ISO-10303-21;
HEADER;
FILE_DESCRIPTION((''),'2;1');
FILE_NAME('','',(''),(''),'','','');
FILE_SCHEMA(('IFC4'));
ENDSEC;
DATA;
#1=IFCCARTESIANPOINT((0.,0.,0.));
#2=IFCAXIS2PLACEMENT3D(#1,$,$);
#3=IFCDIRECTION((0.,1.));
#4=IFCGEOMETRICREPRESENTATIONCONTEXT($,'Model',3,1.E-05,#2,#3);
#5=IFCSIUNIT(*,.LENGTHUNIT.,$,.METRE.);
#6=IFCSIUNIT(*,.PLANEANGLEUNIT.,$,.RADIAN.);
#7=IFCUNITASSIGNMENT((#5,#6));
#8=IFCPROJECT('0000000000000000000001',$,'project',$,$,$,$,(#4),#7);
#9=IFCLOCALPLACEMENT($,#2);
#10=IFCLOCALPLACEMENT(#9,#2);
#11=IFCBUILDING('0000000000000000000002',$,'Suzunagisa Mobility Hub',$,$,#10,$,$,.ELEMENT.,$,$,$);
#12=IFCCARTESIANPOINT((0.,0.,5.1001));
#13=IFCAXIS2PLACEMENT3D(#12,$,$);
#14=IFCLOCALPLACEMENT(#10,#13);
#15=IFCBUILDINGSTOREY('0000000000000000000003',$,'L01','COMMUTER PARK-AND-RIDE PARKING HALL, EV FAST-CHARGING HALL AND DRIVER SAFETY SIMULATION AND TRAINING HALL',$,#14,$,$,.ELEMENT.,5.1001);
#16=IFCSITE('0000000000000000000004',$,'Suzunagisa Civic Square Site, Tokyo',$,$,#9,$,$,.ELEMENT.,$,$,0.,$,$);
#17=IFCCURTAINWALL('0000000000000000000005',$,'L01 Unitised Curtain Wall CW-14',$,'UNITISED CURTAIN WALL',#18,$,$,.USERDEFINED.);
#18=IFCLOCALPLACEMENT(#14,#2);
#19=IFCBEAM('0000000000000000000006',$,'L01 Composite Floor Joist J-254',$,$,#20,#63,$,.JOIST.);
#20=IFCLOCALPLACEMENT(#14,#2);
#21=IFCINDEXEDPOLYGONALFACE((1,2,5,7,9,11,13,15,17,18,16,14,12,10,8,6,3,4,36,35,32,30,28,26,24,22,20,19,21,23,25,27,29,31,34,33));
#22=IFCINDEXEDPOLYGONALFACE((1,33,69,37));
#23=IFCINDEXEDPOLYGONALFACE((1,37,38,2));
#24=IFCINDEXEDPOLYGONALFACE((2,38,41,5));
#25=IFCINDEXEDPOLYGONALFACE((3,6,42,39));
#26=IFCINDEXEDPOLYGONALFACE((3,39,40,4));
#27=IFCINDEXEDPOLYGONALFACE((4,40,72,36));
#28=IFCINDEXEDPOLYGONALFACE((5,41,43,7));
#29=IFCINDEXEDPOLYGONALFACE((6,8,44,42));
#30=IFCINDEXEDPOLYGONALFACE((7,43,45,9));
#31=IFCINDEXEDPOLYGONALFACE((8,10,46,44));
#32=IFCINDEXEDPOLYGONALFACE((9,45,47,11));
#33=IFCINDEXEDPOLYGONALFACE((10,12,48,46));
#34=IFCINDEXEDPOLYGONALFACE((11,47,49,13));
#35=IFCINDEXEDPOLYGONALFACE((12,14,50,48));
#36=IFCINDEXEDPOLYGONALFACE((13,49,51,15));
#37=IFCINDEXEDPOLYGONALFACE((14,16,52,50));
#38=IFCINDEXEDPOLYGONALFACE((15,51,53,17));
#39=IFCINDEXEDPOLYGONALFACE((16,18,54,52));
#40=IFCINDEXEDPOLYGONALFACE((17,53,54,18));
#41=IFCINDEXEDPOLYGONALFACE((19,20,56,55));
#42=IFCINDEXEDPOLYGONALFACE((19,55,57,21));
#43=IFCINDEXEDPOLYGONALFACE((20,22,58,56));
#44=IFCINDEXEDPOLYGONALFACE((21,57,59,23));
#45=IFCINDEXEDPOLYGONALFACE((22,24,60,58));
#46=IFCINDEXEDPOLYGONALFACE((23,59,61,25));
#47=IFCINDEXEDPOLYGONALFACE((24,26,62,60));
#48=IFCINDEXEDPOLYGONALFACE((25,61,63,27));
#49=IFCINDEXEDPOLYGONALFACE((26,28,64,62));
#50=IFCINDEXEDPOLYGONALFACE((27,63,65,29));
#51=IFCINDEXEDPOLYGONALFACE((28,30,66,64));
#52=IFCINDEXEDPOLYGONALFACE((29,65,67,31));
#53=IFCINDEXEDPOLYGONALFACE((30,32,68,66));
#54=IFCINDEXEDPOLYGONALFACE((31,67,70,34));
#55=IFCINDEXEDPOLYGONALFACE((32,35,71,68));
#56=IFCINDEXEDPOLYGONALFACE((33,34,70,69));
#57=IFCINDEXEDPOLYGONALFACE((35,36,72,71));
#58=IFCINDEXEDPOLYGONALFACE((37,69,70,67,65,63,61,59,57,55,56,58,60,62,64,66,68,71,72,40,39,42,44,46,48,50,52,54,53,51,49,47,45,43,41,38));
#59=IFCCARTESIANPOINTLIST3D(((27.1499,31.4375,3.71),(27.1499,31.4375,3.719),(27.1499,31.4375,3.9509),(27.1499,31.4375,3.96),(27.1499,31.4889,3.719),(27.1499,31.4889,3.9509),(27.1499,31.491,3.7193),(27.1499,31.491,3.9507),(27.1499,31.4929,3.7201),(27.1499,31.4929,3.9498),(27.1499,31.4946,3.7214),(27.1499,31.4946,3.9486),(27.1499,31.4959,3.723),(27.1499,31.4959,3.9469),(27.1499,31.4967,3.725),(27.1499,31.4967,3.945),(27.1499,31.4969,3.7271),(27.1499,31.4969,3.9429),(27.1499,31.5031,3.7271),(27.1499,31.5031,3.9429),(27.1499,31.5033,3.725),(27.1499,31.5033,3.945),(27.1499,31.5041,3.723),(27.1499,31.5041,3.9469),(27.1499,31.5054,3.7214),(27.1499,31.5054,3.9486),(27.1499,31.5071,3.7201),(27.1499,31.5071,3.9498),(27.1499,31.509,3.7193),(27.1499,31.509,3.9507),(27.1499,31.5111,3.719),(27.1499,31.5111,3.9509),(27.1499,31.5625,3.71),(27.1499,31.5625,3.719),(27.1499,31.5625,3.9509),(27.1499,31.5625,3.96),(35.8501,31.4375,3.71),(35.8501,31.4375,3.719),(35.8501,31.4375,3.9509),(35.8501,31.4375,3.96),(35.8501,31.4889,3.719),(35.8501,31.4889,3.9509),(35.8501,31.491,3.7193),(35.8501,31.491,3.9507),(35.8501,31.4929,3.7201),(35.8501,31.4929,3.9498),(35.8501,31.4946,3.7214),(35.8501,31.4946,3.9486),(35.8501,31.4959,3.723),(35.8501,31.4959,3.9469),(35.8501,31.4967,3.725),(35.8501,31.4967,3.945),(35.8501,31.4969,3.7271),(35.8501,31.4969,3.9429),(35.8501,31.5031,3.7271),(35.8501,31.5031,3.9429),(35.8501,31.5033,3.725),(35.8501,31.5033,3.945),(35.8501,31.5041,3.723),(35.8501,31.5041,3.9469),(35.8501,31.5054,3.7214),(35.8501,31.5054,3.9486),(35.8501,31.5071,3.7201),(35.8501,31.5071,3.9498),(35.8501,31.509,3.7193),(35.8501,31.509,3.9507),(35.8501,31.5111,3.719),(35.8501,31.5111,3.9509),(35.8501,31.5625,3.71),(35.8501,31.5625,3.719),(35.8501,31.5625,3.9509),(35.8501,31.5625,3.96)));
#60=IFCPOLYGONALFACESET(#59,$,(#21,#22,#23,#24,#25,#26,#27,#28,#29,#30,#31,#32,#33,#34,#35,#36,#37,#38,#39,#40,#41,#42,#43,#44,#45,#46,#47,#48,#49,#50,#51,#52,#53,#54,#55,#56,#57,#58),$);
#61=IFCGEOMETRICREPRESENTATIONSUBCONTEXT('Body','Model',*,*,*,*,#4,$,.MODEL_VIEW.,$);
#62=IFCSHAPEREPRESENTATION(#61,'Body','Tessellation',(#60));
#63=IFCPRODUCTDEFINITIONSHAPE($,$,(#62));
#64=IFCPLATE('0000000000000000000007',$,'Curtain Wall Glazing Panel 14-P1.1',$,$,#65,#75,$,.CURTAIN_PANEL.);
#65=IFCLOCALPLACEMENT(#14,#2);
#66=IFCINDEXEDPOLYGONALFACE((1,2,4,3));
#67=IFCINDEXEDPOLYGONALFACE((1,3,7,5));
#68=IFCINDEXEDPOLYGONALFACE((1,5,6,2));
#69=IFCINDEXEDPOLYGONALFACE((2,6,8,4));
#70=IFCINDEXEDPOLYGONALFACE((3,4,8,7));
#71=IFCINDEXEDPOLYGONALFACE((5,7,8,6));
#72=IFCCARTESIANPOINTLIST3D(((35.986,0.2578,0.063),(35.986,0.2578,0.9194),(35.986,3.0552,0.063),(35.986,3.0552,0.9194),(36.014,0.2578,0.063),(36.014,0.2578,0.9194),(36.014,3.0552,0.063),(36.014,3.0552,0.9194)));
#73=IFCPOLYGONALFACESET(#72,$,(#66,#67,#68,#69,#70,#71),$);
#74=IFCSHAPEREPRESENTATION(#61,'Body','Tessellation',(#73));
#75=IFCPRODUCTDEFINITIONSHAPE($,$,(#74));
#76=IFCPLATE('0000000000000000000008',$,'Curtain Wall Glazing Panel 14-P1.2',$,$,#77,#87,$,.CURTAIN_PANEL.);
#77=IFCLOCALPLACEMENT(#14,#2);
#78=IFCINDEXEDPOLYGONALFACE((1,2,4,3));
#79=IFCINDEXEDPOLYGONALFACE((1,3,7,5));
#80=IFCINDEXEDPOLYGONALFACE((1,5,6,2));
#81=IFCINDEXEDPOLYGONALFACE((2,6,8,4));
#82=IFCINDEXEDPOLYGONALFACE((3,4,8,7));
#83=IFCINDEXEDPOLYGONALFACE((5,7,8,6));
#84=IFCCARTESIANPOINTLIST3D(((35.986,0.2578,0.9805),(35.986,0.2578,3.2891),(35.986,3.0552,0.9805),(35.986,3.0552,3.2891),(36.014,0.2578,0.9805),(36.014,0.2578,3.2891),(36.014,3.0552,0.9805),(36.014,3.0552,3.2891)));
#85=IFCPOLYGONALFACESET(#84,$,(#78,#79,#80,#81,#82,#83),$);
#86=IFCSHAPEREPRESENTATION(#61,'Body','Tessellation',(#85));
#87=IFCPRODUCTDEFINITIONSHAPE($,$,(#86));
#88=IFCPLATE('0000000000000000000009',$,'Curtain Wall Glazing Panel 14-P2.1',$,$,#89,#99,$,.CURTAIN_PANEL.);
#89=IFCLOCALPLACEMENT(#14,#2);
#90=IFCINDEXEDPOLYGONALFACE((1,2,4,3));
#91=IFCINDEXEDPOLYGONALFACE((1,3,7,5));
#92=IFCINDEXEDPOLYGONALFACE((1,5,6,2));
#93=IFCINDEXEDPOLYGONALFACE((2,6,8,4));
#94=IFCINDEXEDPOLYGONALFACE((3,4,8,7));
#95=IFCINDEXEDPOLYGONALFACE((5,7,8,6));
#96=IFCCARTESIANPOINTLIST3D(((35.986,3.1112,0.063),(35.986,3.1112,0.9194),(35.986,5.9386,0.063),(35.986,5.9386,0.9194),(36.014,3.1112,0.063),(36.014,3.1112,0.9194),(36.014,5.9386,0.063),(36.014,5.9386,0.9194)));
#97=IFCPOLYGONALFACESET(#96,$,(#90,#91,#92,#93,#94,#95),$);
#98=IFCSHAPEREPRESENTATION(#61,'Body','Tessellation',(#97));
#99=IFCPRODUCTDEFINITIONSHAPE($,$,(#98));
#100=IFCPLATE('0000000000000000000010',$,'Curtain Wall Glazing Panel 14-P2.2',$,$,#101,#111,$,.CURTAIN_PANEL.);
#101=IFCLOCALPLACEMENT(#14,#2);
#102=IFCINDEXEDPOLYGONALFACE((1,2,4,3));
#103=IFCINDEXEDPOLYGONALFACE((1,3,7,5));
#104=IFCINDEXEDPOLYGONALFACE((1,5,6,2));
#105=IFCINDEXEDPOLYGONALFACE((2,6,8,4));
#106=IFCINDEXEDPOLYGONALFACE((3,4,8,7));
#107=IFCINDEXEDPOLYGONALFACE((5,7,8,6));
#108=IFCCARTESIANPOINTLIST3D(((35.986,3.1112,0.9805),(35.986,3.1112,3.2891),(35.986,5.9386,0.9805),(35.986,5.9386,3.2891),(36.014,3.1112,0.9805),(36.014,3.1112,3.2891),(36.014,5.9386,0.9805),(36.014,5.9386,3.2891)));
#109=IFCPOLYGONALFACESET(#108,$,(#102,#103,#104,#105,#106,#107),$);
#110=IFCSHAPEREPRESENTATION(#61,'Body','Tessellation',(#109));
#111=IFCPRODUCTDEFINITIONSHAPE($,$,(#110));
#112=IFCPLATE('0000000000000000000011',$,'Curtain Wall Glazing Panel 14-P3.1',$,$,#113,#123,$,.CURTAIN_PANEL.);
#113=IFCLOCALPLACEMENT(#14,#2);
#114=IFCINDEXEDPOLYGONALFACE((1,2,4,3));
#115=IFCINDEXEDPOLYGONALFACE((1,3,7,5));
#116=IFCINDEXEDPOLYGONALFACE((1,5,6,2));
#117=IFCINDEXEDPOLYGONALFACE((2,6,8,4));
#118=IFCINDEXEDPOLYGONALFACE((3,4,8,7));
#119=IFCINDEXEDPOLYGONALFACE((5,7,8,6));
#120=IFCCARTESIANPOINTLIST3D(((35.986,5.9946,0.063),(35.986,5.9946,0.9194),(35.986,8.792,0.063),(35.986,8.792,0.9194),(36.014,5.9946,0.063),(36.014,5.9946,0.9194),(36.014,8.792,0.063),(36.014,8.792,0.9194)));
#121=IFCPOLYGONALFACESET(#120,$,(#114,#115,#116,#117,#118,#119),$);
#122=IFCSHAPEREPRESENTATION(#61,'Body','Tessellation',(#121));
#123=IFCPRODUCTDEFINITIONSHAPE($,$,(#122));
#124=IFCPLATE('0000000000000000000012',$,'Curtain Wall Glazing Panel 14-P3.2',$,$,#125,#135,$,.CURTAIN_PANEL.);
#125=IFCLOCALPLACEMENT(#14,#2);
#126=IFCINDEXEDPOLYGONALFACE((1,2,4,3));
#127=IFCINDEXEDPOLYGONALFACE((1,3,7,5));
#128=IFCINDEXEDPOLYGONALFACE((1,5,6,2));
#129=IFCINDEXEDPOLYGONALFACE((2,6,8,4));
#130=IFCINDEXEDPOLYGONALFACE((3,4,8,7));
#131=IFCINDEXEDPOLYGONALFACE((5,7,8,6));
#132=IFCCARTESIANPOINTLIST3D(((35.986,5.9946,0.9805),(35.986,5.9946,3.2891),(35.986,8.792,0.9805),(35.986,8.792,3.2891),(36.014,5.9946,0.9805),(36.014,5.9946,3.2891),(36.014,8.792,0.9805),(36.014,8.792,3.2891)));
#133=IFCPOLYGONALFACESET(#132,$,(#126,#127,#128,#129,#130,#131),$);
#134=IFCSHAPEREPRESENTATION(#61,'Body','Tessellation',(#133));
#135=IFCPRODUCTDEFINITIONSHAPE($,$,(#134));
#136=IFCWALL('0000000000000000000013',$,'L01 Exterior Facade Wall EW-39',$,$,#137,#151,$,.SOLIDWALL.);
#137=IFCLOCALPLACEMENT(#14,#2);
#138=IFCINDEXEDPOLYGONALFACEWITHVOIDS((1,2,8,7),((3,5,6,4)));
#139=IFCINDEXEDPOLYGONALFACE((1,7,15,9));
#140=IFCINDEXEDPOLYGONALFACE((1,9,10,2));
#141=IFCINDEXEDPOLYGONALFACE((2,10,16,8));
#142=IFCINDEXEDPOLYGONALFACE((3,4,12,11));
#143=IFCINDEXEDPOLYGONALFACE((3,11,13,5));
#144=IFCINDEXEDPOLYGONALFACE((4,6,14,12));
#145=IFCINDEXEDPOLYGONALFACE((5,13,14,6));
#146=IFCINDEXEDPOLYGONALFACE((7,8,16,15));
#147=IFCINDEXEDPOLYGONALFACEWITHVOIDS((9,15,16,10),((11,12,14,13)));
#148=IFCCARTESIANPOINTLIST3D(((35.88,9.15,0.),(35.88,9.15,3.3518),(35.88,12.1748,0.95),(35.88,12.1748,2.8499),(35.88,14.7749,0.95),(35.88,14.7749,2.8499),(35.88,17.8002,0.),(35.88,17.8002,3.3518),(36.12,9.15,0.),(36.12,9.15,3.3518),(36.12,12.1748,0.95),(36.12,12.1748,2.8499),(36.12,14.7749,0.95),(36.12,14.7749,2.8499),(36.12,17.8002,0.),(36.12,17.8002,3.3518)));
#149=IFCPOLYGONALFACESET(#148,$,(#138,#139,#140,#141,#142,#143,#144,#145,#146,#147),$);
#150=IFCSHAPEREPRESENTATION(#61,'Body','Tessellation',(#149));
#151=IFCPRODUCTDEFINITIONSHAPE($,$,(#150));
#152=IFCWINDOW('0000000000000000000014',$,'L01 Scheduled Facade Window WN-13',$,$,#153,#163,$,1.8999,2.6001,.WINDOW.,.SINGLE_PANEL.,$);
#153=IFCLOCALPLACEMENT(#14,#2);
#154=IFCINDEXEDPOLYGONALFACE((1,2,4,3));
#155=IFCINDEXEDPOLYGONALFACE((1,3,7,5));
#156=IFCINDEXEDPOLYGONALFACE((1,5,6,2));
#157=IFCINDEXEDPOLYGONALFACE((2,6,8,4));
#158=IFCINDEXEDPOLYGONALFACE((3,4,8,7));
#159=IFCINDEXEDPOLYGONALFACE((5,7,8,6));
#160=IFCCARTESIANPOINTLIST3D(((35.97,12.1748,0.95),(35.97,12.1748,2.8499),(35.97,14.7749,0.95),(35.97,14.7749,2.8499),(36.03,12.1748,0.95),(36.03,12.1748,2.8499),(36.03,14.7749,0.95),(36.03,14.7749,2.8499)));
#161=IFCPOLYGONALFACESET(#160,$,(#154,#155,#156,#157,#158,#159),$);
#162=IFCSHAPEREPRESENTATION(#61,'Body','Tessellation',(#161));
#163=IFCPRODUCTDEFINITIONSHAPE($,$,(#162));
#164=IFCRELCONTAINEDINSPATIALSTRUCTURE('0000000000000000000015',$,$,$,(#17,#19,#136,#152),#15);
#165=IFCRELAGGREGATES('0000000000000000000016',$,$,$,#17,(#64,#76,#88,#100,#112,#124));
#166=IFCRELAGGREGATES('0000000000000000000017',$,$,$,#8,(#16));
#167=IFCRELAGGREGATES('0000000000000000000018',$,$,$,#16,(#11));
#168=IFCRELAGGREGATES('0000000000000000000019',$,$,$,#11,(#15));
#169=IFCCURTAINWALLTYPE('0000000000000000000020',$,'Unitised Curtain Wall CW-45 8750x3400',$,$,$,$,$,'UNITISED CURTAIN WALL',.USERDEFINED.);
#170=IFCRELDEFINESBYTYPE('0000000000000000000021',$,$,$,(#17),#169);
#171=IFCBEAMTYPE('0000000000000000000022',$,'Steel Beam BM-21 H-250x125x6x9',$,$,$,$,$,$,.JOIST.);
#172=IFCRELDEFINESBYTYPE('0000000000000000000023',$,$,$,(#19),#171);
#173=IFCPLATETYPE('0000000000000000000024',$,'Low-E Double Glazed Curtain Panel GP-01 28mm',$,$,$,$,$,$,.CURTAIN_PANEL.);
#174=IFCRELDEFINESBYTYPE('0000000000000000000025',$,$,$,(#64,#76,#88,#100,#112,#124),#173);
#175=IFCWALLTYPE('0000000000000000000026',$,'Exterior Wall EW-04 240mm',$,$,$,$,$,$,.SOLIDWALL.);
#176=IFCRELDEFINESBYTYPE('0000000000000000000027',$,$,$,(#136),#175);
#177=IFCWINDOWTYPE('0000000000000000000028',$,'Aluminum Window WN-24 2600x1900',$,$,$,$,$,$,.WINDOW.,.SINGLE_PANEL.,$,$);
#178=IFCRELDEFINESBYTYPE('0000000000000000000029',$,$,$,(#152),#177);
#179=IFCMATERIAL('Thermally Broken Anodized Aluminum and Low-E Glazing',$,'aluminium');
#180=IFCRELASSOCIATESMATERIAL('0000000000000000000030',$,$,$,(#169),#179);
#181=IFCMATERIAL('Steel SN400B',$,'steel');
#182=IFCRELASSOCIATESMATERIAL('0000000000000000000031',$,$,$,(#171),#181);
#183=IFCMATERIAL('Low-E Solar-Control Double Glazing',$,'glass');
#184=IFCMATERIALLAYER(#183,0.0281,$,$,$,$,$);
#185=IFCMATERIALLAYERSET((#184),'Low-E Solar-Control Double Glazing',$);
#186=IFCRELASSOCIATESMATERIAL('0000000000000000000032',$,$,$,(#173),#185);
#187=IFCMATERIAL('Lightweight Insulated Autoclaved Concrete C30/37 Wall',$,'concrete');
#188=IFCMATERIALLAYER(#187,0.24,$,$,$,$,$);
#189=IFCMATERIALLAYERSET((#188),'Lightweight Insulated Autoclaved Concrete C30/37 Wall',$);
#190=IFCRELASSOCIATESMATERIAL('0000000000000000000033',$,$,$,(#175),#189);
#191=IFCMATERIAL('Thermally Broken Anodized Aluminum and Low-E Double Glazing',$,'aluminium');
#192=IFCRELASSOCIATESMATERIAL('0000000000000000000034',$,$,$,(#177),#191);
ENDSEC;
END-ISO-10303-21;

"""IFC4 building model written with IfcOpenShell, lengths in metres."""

from ifc_helpers import new_model, si_unit, direction, frame, frame_2d, origin, origin_2d, place, context, subcontext, project, spatial, rectangle, i_section, extrude, material, layer, layer_set, material_profile, profile_set, type_object, element, fill, aggregate, save


model = new_model("IFC4")

# Units and contexts
model_context = context("Model", 3, precision=1e-05, world=origin(), true_north=direction((0.0, 1.0)))
body_context = subcontext(model_context, "Body", "Model", "MODEL_VIEW")
ifc_project = project(units=[si_unit("LENGTHUNIT", "METRE"), si_unit("PLANEANGLEUNIT", "RADIAN")], contexts=[model_context])

# Site, building, storey
site_placement = place(None, origin())
site = spatial("IfcSite", under=ifc_project, at=site_placement, Name="Suzunagisa Civic Square Site, Tokyo", CompositionType="ELEMENT", RefElevation=0.0)
building_placement = place(site_placement, origin())
building = spatial("IfcBuilding", under=site, at=building_placement, Name="Suzunagisa Mobility Hub", CompositionType="ELEMENT")
storey_placement = place(building_placement, frame((0.0, 0.0, 5.1001)))
storey = spatial("IfcBuildingStorey", under=building, at=storey_placement, Name="L01", Description="COMMUTER PARK-AND-RIDE PARKING HALL, EV FAST-CHARGING HALL AND DRIVER SAFETY SIMULATION AND TRAINING HALL", CompositionType="ELEMENT", Elevation=5.1001)

# Curtain wall
ifc_material_1 = material(Name="Thermally Broken Anodized Aluminum and Low-E Glazing", Category="aluminium")
curtain_wall_type = type_object("IfcCurtainWallType", Name="Unitised Curtain Wall CW-45 8750x3400", ElementType="UNITISED CURTAIN WALL", PredefinedType="USERDEFINED", material=ifc_material_1)
curtain_wall_1_placement = place(storey_placement, origin())
curtain_wall_1 = element("IfcCurtainWall", 1, at=curtain_wall_1_placement, inside=storey, type_object=curtain_wall_type, Name="L01 Unitised Curtain Wall CW-14", ObjectType="UNITISED CURTAIN WALL", PredefinedType="USERDEFINED")

# Beam
ifc_material_2 = material(Name="Steel SN400B", Category="steel")
ifc_material_profile_1 = material_profile(ifc_material_2, i_section(OverallWidth=0.125, OverallDepth=0.25, WebThickness=0.0061, FlangeThickness=0.009, FilletRadius=0.0081, at=origin_2d()), Name="H-250x125x6x9")
ifc_profile_set_1 = profile_set([ifc_material_profile_1], Name="Steel SN400B")
beam_type_1 = type_object("IfcBeamType", Name="Steel Beam BM-21 H-250x125x6x9", PredefinedType="JOIST", material=ifc_profile_set_1)
beam_1_placement = place(storey_placement, frame((27.1499, 31.5, 3.835), z_axis=(1.0, 0.0, 0.0), x_axis=(0.0, 1.0, 0.0)))
element("IfcBeam", 2, at=beam_1_placement, inside=storey, type_object=beam_type_1, Name="L01 Composite Floor Joist J-254", PredefinedType="JOIST", context=body_context, shape_type="SweptSolid", body=[
    extrude(i_section(OverallWidth=0.125, OverallDepth=0.25, WebThickness=0.0061, FlangeThickness=0.009, FilletRadius=0.0081, at=origin_2d()), origin(), (0.0, 0.0, 1.0), 8.7002),
])

# Plates
ifc_material_3 = material(Name="Low-E Solar-Control Double Glazing", Category="glass")
ifc_layer_1 = layer(ifc_material_3, 0.0281)
ifc_layer_set_1 = layer_set([ifc_layer_1], Name="Low-E Solar-Control Double Glazing")
plate_type = type_object("IfcPlateType", Name="Low-E Double Glazed Curtain Panel GP-01 28mm", PredefinedType="CURTAIN_PANEL", material=ifc_layer_set_1)
plate_1_placement = place(storey_placement, frame((36.0, 1.6565, 0.063), z_axis=(0.0, 0.0, 1.0), x_axis=(0.0, 1.0, 0.0)))
plate_1 = element("IfcPlate", 3, at=plate_1_placement, type_object=plate_type, Name="Curtain Wall Glazing Panel 14-P1.1", PredefinedType="CURTAIN_PANEL", context=body_context, shape_type="SweptSolid", body=[
    extrude(rectangle(XDim=2.7974, YDim=0.0281, at=origin_2d()), origin(), (0.0, 0.0, 1.0), 0.8564),
])
plate_2_placement = place(storey_placement, frame((36.0, 1.6565, 0.9805), z_axis=(0.0, 0.0, 1.0), x_axis=(0.0, 1.0, 0.0)))
plate_2 = element("IfcPlate", 4, at=plate_2_placement, type_object=plate_type, Name="Curtain Wall Glazing Panel 14-P1.2", PredefinedType="CURTAIN_PANEL", context=body_context, shape_type="SweptSolid", body=[
    extrude(rectangle(XDim=2.7974, YDim=0.0281, at=origin_2d()), origin(), (0.0, 0.0, 1.0), 2.3086),
])
plate_3_placement = place(storey_placement, frame((36.0, 4.5249, 0.063), z_axis=(0.0, 0.0, 1.0), x_axis=(0.0, 1.0, 0.0)))
plate_3 = element("IfcPlate", 5, at=plate_3_placement, type_object=plate_type, Name="Curtain Wall Glazing Panel 14-P2.1", PredefinedType="CURTAIN_PANEL", context=body_context, shape_type="SweptSolid", body=[
    extrude(rectangle(XDim=2.8274, YDim=0.0281, at=origin_2d()), origin(), (0.0, 0.0, 1.0), 0.8564),
])
plate_4_placement = place(storey_placement, frame((36.0, 4.5249, 0.9805), z_axis=(0.0, 0.0, 1.0), x_axis=(0.0, 1.0, 0.0)))
plate_4 = element("IfcPlate", 6, at=plate_4_placement, type_object=plate_type, Name="Curtain Wall Glazing Panel 14-P2.2", PredefinedType="CURTAIN_PANEL", context=body_context, shape_type="SweptSolid", body=[
    extrude(rectangle(XDim=2.8274, YDim=0.0281, at=origin_2d()), origin(), (0.0, 0.0, 1.0), 2.3086),
])
plate_5_placement = place(storey_placement, frame((36.0, 7.3933, 0.063), z_axis=(0.0, 0.0, 1.0), x_axis=(0.0, 1.0, 0.0)))
plate_5 = element("IfcPlate", 7, at=plate_5_placement, type_object=plate_type, Name="Curtain Wall Glazing Panel 14-P3.1", PredefinedType="CURTAIN_PANEL", context=body_context, shape_type="SweptSolid", body=[
    extrude(rectangle(XDim=2.7974, YDim=0.0281, at=origin_2d()), origin(), (0.0, 0.0, 1.0), 0.8564),
])
plate_6_placement = place(storey_placement, frame((36.0, 7.3933, 0.9805), z_axis=(0.0, 0.0, 1.0), x_axis=(0.0, 1.0, 0.0)))
plate_6 = element("IfcPlate", 8, at=plate_6_placement, type_object=plate_type, Name="Curtain Wall Glazing Panel 14-P3.2", PredefinedType="CURTAIN_PANEL", context=body_context, shape_type="SweptSolid", body=[
    extrude(rectangle(XDim=2.7974, YDim=0.0281, at=origin_2d()), origin(), (0.0, 0.0, 1.0), 2.3086),
])
aggregate(curtain_wall_1, [plate_1, plate_2, plate_3, plate_4, plate_5, plate_6])

# Wall, opening, window
ifc_material_4 = material(Name="Lightweight Insulated Autoclaved Concrete C30/37 Wall", Category="concrete")
ifc_layer_2 = layer(ifc_material_4, 0.24)
ifc_layer_set_2 = layer_set([ifc_layer_2], Name="Lightweight Insulated Autoclaved Concrete C30/37 Wall")
wall_type = type_object("IfcWallType", Name="Exterior Wall EW-04 240mm", PredefinedType="SOLIDWALL", material=ifc_layer_set_2)
wall_placement = place(storey_placement, frame((36.0, 9.1499, 0.0), z_axis=(0.0, 0.0, 1.0), x_axis=(0.0, 1.0, 0.0)))
wall = element("IfcWall", 9, at=wall_placement, inside=storey, type_object=wall_type, Name="L01 Exterior Facade Wall EW-39", PredefinedType="SOLIDWALL", context=body_context, shape_type="SweptSolid", body=[
    extrude(rectangle(XDim=8.6501, YDim=0.24, at=frame_2d((4.3252, 0.0))), origin(), (0.0, 0.0, 1.0), 3.3518),
])
opening_placement = place(wall_placement, frame((3.0249, 0.0, 0.95)))
opening = element("IfcOpeningElement", 10, at=opening_placement, cuts=wall, PredefinedType="OPENING", context=body_context, shape_type="SweptSolid", body=[
    extrude(rectangle(XDim=2.6001, YDim=1.8999, at=frame_2d((1.3, 0.95))), frame((0.0, 0.1309, 0.0), z_axis=(0.0, -1.0, 0.0), x_axis=(1.0, 0.0, 0.0)), (0.0, 0.0, 1.0), 0.262),
])
ifc_material_5 = material(Name="Thermally Broken Anodized Aluminum and Low-E Double Glazing", Category="aluminium")
window_type = type_object("IfcWindowType", Name="Aluminum Window WN-24 2600x1900", PartitioningType="SINGLE_PANEL", PredefinedType="WINDOW", material=ifc_material_5)
window_placement = place(opening_placement, origin())
window = element("IfcWindow", 11, at=window_placement, inside=storey, type_object=window_type, Name="L01 Scheduled Facade Window WN-13", OverallHeight=1.8999, OverallWidth=2.6001, PartitioningType="SINGLE_PANEL", PredefinedType="WINDOW", context=body_context, shape_type="SweptSolid", body=[
    extrude(rectangle(XDim=2.6001, YDim=1.8999, at=frame_2d((1.3, 0.95))), frame((0.0, 0.03, 0.0), z_axis=(0.0, -1.0, 0.0), x_axis=(1.0, 0.0, 0.0)), (0.0, 0.0, 1.0), 0.0601),
])
fill(opening, window)

save(model, "model.ifc")
